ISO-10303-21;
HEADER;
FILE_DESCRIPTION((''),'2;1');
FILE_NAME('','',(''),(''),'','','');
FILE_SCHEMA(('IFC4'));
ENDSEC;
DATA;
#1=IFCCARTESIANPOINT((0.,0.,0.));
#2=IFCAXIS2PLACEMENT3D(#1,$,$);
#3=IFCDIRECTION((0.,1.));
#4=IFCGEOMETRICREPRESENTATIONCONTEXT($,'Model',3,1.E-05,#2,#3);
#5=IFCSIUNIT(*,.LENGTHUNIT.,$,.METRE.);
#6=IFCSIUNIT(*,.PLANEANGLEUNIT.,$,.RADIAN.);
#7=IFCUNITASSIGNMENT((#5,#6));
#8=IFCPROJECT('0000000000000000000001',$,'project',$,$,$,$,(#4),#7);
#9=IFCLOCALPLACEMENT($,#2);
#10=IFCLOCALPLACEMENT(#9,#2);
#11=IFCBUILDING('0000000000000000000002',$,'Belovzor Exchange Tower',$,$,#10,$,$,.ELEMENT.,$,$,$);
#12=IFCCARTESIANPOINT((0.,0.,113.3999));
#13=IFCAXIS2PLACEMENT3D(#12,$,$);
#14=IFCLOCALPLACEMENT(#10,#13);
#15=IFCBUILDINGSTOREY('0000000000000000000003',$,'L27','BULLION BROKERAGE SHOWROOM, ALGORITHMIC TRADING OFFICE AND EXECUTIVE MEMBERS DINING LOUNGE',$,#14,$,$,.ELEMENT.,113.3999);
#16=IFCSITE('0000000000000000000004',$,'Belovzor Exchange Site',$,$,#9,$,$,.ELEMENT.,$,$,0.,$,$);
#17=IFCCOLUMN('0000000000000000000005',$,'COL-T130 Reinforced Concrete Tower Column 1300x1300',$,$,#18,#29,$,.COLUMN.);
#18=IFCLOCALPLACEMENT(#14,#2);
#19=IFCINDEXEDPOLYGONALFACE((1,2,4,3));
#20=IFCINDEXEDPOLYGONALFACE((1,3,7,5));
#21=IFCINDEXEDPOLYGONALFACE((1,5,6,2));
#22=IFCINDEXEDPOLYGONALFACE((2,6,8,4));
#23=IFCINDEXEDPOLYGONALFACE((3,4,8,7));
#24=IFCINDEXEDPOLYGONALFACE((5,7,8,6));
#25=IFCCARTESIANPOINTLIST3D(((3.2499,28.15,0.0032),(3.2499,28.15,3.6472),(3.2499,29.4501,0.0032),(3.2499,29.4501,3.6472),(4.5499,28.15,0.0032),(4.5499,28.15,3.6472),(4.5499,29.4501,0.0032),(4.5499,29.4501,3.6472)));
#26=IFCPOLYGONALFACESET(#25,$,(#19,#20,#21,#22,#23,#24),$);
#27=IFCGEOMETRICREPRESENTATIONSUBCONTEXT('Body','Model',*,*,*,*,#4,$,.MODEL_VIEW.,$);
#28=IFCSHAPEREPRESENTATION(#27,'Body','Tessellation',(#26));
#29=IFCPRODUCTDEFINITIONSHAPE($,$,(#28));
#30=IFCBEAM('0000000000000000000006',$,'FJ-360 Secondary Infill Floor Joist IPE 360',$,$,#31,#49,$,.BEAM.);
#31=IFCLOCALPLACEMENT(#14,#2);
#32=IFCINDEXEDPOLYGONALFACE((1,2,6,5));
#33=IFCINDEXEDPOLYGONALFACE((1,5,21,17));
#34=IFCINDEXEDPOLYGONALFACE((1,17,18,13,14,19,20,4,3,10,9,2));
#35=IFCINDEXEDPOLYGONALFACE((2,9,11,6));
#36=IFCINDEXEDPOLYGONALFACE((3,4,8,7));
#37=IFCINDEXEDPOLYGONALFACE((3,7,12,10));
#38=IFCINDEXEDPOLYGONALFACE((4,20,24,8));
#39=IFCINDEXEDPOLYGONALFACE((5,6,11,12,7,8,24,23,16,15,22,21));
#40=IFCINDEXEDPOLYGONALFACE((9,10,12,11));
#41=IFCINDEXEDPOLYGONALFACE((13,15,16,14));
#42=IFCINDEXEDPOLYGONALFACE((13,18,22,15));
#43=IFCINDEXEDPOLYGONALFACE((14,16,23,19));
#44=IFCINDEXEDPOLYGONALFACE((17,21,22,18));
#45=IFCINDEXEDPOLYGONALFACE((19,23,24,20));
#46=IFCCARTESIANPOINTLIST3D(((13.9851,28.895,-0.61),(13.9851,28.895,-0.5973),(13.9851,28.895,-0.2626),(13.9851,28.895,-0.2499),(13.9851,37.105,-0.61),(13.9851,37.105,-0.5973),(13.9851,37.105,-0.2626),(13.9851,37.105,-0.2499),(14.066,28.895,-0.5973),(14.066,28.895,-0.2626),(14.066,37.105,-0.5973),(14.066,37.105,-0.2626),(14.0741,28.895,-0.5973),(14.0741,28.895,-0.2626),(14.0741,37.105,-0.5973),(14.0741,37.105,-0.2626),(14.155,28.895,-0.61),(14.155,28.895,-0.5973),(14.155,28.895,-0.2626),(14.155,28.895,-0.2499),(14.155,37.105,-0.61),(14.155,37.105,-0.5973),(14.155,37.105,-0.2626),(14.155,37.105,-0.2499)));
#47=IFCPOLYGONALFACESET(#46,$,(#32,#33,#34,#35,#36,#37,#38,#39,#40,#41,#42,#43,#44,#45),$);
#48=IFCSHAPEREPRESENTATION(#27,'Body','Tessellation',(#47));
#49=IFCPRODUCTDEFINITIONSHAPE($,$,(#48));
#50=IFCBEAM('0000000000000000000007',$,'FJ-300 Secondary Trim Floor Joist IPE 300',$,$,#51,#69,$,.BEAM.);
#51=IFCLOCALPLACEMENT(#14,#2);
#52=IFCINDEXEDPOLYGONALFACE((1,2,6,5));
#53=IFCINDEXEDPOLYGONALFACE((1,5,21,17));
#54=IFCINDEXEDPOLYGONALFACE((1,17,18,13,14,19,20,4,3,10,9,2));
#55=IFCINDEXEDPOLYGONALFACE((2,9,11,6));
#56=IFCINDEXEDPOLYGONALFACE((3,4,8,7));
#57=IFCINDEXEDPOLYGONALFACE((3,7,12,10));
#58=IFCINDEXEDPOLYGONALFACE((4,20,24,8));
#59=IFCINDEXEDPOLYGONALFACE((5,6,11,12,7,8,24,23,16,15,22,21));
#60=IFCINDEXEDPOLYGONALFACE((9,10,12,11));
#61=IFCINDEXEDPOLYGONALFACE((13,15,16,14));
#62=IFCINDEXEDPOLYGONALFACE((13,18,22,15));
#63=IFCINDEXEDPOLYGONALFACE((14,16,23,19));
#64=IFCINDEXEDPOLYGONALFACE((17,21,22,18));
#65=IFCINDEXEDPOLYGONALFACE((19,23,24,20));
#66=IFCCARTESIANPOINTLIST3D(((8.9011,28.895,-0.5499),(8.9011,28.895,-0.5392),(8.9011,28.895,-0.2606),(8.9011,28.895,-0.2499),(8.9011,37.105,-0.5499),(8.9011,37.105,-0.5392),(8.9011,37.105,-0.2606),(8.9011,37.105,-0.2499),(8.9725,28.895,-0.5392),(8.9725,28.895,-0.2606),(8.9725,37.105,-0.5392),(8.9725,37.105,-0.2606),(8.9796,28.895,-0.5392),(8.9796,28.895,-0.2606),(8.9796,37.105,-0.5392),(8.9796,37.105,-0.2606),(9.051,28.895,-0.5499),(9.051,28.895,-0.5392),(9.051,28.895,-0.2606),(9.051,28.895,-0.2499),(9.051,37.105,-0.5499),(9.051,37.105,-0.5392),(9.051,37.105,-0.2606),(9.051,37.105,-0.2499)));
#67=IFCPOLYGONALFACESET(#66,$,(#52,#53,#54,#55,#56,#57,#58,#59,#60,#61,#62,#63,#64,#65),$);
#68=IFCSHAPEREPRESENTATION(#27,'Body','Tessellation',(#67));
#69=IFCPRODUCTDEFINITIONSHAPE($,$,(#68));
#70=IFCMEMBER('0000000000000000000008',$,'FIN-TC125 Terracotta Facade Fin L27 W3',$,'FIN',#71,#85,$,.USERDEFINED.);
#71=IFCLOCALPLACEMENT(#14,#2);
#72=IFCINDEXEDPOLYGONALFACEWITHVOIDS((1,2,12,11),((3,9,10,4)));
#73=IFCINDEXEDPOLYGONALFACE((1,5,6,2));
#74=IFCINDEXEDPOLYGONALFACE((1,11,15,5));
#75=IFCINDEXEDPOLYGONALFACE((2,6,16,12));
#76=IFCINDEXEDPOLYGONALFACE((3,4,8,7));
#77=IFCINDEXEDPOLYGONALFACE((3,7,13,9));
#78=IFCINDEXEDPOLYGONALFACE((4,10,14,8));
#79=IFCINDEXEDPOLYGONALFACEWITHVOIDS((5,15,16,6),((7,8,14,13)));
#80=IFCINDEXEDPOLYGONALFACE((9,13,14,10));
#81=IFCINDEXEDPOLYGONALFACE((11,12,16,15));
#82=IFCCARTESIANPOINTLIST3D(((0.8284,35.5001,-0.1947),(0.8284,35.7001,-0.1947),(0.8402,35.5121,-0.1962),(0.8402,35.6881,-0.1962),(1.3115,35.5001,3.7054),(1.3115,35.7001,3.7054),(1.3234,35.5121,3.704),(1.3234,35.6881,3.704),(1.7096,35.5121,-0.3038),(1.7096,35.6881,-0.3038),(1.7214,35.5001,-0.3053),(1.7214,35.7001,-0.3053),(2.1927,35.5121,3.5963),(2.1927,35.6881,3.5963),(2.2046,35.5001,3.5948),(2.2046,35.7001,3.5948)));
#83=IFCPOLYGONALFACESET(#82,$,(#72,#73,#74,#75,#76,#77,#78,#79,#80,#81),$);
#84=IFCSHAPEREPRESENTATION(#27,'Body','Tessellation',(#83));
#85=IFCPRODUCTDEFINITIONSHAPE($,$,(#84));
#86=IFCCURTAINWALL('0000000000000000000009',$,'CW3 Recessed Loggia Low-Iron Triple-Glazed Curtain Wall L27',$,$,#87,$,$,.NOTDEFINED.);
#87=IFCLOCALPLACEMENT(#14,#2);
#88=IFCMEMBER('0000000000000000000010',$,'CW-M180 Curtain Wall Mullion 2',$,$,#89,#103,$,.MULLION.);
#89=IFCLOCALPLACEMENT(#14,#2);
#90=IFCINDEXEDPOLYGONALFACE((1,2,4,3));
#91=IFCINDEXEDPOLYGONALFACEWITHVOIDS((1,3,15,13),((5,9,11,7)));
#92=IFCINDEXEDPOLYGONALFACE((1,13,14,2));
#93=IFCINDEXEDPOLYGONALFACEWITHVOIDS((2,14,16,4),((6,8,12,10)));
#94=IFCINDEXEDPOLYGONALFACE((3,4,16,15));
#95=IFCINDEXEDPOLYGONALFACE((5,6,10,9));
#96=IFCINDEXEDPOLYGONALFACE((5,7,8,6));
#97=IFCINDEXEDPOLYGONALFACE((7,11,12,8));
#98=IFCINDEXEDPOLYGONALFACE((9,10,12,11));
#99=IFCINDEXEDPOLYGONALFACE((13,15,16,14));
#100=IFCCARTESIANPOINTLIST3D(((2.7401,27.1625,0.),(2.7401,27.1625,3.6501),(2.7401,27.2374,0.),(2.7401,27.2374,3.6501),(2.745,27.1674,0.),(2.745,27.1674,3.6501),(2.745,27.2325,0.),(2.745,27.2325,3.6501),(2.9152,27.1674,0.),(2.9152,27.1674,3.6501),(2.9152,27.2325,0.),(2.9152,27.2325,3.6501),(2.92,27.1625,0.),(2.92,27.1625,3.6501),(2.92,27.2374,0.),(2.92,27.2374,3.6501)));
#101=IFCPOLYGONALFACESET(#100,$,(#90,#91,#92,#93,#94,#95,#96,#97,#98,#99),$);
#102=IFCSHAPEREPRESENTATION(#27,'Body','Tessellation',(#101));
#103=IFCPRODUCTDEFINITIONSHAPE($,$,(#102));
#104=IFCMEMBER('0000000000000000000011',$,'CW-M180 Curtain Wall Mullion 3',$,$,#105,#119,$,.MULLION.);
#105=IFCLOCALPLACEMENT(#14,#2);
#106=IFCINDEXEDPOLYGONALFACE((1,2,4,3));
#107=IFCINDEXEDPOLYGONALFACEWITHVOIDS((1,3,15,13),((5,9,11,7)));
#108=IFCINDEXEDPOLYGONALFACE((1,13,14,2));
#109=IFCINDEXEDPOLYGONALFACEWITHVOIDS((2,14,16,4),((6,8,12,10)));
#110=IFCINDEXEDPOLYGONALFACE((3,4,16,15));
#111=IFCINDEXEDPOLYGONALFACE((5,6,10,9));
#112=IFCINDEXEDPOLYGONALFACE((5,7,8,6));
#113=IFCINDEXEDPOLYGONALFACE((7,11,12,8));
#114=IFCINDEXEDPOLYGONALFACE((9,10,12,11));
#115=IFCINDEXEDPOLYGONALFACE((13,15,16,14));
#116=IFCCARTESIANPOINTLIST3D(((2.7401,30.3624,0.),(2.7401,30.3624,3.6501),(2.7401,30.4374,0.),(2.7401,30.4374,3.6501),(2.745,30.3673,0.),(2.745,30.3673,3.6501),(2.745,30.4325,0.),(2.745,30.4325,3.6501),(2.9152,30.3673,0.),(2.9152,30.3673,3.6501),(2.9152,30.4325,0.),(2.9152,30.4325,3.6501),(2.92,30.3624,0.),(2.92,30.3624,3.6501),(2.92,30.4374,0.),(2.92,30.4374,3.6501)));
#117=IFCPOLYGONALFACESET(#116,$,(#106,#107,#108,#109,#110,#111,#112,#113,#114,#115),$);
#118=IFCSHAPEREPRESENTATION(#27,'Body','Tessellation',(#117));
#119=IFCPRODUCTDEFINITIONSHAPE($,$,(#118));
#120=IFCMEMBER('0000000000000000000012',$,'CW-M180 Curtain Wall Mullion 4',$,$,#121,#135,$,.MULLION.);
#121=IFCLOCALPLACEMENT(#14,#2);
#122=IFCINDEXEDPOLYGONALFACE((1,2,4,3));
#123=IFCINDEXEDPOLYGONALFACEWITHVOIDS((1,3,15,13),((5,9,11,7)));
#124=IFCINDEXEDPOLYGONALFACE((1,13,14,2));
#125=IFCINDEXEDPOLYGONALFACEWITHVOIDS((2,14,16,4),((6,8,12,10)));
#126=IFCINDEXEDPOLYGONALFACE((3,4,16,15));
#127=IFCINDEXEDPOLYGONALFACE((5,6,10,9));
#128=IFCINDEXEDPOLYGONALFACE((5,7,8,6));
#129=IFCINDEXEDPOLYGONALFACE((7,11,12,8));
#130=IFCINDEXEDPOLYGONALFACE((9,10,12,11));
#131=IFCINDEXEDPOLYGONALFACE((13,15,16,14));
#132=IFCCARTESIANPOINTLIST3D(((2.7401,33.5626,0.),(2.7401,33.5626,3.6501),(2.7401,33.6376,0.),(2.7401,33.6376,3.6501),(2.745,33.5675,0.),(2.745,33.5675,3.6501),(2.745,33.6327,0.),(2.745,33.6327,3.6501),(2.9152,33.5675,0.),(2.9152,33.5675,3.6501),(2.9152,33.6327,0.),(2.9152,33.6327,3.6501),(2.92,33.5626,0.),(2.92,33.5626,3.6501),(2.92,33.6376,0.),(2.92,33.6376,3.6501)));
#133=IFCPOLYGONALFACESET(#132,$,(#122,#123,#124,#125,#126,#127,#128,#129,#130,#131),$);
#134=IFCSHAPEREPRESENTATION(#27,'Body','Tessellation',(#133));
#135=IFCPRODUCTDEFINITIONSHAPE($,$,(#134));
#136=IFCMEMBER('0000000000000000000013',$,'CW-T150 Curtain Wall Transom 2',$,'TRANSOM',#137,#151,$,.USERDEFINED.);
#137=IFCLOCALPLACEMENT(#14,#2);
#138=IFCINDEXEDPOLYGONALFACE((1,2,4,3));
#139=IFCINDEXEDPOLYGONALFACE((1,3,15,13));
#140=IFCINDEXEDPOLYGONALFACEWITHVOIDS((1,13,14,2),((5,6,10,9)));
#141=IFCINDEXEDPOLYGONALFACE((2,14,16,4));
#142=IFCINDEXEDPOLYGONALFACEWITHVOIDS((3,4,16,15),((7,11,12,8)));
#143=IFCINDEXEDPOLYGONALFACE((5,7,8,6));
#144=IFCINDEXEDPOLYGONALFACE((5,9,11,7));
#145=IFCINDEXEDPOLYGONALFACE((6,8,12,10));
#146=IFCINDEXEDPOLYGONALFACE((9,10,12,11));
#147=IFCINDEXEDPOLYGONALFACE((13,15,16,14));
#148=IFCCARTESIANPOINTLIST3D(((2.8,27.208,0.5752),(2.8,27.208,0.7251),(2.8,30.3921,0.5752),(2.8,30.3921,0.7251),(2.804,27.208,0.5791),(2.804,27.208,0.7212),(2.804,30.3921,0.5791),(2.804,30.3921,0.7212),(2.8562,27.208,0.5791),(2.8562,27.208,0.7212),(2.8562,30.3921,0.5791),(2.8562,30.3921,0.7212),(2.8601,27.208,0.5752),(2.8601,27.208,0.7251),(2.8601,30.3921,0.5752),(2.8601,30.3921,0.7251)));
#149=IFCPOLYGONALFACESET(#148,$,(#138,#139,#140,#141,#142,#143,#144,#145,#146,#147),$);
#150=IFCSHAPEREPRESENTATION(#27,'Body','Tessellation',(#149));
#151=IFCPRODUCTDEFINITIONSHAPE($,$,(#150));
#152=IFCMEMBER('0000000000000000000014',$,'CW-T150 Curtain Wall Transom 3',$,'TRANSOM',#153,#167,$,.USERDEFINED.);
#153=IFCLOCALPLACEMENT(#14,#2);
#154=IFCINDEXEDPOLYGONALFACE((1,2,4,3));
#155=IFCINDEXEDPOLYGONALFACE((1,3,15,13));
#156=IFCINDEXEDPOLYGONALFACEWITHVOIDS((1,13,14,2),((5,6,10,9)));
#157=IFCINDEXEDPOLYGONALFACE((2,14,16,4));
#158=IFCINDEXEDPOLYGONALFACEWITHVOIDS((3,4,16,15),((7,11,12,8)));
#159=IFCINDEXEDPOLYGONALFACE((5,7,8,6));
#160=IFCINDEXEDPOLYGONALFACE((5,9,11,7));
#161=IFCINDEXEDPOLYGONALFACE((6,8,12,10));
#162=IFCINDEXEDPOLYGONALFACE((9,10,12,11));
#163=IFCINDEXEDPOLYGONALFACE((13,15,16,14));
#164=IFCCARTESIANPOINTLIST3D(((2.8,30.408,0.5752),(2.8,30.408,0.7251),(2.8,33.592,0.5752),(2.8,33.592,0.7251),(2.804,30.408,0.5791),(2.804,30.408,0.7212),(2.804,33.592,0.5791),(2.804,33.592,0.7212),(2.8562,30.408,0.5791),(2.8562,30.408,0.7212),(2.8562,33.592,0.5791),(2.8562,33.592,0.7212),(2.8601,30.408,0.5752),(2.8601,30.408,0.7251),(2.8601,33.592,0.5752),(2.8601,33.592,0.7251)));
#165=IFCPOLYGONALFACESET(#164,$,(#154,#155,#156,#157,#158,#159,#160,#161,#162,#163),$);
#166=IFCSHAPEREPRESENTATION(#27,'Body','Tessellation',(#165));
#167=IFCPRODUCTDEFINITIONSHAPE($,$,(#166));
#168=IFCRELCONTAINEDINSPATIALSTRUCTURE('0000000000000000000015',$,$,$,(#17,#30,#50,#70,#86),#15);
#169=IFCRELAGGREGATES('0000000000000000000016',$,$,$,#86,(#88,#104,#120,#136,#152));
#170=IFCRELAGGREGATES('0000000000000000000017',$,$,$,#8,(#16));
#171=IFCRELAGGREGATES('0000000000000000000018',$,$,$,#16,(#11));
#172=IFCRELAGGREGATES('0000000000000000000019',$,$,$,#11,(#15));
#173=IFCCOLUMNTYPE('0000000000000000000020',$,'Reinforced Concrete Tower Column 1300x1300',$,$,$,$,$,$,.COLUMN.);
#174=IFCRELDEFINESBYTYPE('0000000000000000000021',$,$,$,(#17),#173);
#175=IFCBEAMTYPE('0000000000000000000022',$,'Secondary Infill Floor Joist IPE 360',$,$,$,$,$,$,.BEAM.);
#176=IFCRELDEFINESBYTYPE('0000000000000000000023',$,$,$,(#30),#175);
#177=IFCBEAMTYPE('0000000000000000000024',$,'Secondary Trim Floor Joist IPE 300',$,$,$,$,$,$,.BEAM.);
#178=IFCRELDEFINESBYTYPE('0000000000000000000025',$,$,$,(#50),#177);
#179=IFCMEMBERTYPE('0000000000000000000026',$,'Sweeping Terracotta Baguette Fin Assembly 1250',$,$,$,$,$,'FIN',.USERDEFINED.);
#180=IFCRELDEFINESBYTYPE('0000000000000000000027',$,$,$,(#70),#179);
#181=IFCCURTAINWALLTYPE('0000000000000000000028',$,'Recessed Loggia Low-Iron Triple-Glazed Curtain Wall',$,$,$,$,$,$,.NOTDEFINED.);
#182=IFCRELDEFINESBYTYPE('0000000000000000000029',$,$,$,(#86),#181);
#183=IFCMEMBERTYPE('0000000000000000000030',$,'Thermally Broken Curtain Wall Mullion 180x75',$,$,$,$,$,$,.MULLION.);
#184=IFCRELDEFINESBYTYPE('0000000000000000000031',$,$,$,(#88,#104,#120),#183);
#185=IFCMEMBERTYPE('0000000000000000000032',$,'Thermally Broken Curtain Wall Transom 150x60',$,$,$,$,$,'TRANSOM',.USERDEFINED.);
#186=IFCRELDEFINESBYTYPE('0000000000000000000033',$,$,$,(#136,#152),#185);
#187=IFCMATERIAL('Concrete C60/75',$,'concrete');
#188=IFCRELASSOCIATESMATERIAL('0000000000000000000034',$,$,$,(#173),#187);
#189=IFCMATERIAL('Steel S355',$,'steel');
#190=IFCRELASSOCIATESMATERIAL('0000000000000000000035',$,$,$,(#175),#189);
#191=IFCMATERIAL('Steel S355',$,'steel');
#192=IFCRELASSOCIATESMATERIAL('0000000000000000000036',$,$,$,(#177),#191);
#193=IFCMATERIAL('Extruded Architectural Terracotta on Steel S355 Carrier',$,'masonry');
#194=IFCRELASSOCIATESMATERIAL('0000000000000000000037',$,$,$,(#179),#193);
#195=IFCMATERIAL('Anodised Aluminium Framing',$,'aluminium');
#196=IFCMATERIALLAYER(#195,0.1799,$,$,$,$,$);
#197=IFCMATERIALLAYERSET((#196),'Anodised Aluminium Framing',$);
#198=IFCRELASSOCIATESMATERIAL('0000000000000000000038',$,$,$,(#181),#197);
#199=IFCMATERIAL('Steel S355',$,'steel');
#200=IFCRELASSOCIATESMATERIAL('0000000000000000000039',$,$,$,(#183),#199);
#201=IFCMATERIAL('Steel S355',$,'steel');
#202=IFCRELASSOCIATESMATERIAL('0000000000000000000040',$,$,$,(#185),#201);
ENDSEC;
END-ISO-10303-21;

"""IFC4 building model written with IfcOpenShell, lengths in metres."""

from ifc_helpers import new_model, si_unit, direction, frame, origin, origin_2d, place, context, subcontext, project, spatial, rectangle, hollow_rectangle, i_section, extrude, material, layer, layer_set, material_profile, profile_set, type_object, element, aggregate, save


model = new_model("IFC4")

# Units and contexts
model_context = context("Model", 3, precision=1e-05, world=origin(), true_north=direction((0.0, 1.0)))
body_context = subcontext(model_context, "Body", "Model", "MODEL_VIEW")
ifc_project = project(units=[si_unit("LENGTHUNIT", "METRE"), si_unit("PLANEANGLEUNIT", "RADIAN")], contexts=[model_context])

# Site, building, storey
site_placement = place(None, origin())
site = spatial("IfcSite", under=ifc_project, at=site_placement, Name="Belovzor Exchange Site", CompositionType="ELEMENT", RefElevation=0.0)
building_placement = place(site_placement, origin())
building = spatial("IfcBuilding", under=site, at=building_placement, Name="Belovzor Exchange Tower", CompositionType="ELEMENT")
storey_placement = place(building_placement, frame((0.0, 0.0, 113.3999)))
storey = spatial("IfcBuildingStorey", under=building, at=storey_placement, Name="L27", Description="BULLION BROKERAGE SHOWROOM, ALGORITHMIC TRADING OFFICE AND EXECUTIVE MEMBERS DINING LOUNGE", CompositionType="ELEMENT", Elevation=113.3999)

# Column
ifc_material_1 = material(Name="Concrete C60/75", Category="concrete")
ifc_material_profile_1 = material_profile(ifc_material_1, rectangle(XDim=1.3, YDim=1.3, at=origin_2d()))
ifc_profile_set_1 = profile_set([ifc_material_profile_1], Name="Concrete C60/75")
column_type = type_object("IfcColumnType", Name="Reinforced Concrete Tower Column 1300x1300", PredefinedType="COLUMN", material=ifc_profile_set_1)
column_placement = place(storey_placement, frame((3.8999, 28.8, 0.0032), z_axis=(0.0, 0.0, 1.0), x_axis=(1.0, 0.0, 0.0)))
element("IfcColumn", 1, at=column_placement, inside=storey, type_object=column_type, Name="COL-T130 Reinforced Concrete Tower Column 1300x1300", PredefinedType="COLUMN", context=body_context, shape_type="SweptSolid", body=[
    extrude(rectangle(XDim=1.3, YDim=1.3, at=origin_2d()), origin(), (0.0, 0.0, 1.0), 3.644),
])

# Beams
ifc_material_2 = material(Name="Steel S355", Category="steel")
ifc_material_profile_2 = material_profile(ifc_material_2, i_section(OverallWidth=0.1699, OverallDepth=0.3601, WebThickness=0.0081, FlangeThickness=0.0127, at=origin_2d()))
ifc_profile_set_2 = profile_set([ifc_material_profile_2], Name="Steel S355")
beam_type_1 = type_object("IfcBeamType", Name="Secondary Infill Floor Joist IPE 360", PredefinedType="BEAM", material=ifc_profile_set_2)
beam_1_placement = place(storey_placement, frame((14.0701, 28.895, -0.4299), z_axis=(0.0, 1.0, 0.0), x_axis=(-1.0, 0.0, 0.0)))
element("IfcBeam", 2, at=beam_1_placement, inside=storey, type_object=beam_type_1, Name="FJ-360 Secondary Infill Floor Joist IPE 360", PredefinedType="BEAM", context=body_context, shape_type="SweptSolid", body=[
    extrude(i_section(OverallWidth=0.1699, OverallDepth=0.3601, WebThickness=0.0081, FlangeThickness=0.0127, at=origin_2d()), origin(), (0.0, 0.0, 1.0), 8.21),
])
ifc_material_3 = material(Name="Steel S355", Category="steel")
ifc_material_profile_3 = material_profile(ifc_material_3, i_section(OverallWidth=0.1499, OverallDepth=0.3, WebThickness=0.0071, FlangeThickness=0.0107, at=origin_2d()))
ifc_profile_set_3 = profile_set([ifc_material_profile_3], Name="Steel S355")
beam_type_2 = type_object("IfcBeamType", Name="Secondary Trim Floor Joist IPE 300", PredefinedType="BEAM", material=ifc_profile_set_3)
beam_2_placement = place(storey_placement, frame((8.9761, 28.895, -0.3999), z_axis=(0.0, 1.0, 0.0), x_axis=(-1.0, 0.0, 0.0)))
element("IfcBeam", 3, at=beam_2_placement, inside=storey, type_object=beam_type_2, Name="FJ-300 Secondary Trim Floor Joist IPE 300", PredefinedType="BEAM", context=body_context, shape_type="SweptSolid", body=[
    extrude(i_section(OverallWidth=0.1499, OverallDepth=0.3, WebThickness=0.0071, FlangeThickness=0.0107, at=origin_2d()), origin(), (0.0, 0.0, 1.0), 8.21),
])

# Member
ifc_material_4 = material(Name="Extruded Architectural Terracotta on Steel S355 Carrier", Category="masonry")
ifc_material_profile_4 = material_profile(ifc_material_4, hollow_rectangle(XDim=0.2, YDim=0.8999, WallThickness=0.012, at=origin_2d()))
ifc_profile_set_4 = profile_set([ifc_material_profile_4], Name="Extruded Architectural Terracotta on Steel S355 Carrier")
member_type_1 = type_object("IfcMemberType", Name="Sweeping Terracotta Baguette Fin Assembly 1250", ElementType="FIN", PredefinedType="USERDEFINED", material=ifc_profile_set_4)
member_1_placement = place(storey_placement, frame((1.2749, 35.6001, -0.25), z_axis=(0.122941, 0.0, 0.992414), x_axis=(0.0, 1.0, 0.0)))
element("IfcMember", 4, at=member_1_placement, inside=storey, type_object=member_type_1, Name="FIN-TC125 Terracotta Facade Fin L27 W3", ObjectType="FIN", PredefinedType="USERDEFINED", context=body_context, shape_type="SweptSolid", body=[
    extrude(hollow_rectangle(XDim=0.2, YDim=0.8999, WallThickness=0.012, at=origin_2d()), origin(), (0.0, 0.0, 1.0), 3.9299),
])

# Curtain wall, members
ifc_material_5 = material(Name="Anodised Aluminium Framing", Category="aluminium")
ifc_layer_1 = layer(ifc_material_5, 0.1799)
ifc_layer_set_1 = layer_set([ifc_layer_1], Name="Anodised Aluminium Framing")
curtain_wall_type = type_object("IfcCurtainWallType", Name="Recessed Loggia Low-Iron Triple-Glazed Curtain Wall", PredefinedType="NOTDEFINED", material=ifc_layer_set_1)
curtain_wall_placement = place(storey_placement, origin())
curtain_wall = element("IfcCurtainWall", 5, at=curtain_wall_placement, inside=storey, type_object=curtain_wall_type, Name="CW3 Recessed Loggia Low-Iron Triple-Glazed Curtain Wall L27", PredefinedType="NOTDEFINED")
ifc_material_6 = material(Name="Steel S355", Category="steel")
ifc_material_profile_5 = material_profile(ifc_material_6, hollow_rectangle(XDim=0.075, YDim=0.1799, WallThickness=0.0049, at=origin_2d()))
ifc_profile_set_5 = profile_set([ifc_material_profile_5], Name="Steel S355")
member_type_2 = type_object("IfcMemberType", Name="Thermally Broken Curtain Wall Mullion 180x75", PredefinedType="MULLION", material=ifc_profile_set_5)
member_2_placement = place(storey_placement, frame((2.8301, 27.2, 0.0), z_axis=(0.0, 0.0, 1.0), x_axis=(0.0, 1.0, 0.0)))
member_2 = element("IfcMember", 6, at=member_2_placement, type_object=member_type_2, Name="CW-M180 Curtain Wall Mullion 2", PredefinedType="MULLION", context=body_context, shape_type="SweptSolid", body=[
    extrude(hollow_rectangle(XDim=0.075, YDim=0.1799, WallThickness=0.0049, at=origin_2d()), origin(), (0.0, 0.0, 1.0), 3.6501),
])
member_3_placement = place(storey_placement, frame((2.8301, 30.3999, 0.0), z_axis=(0.0, 0.0, 1.0), x_axis=(0.0, 1.0, 0.0)))
member_3 = element("IfcMember", 7, at=member_3_placement, type_object=member_type_2, Name="CW-M180 Curtain Wall Mullion 3", PredefinedType="MULLION", context=body_context, shape_type="SweptSolid", body=[
    extrude(hollow_rectangle(XDim=0.075, YDim=0.1799, WallThickness=0.0049, at=origin_2d()), origin(), (0.0, 0.0, 1.0), 3.6501),
])
member_4_placement = place(storey_placement, frame((2.8301, 33.6001, 0.0), z_axis=(0.0, 0.0, 1.0), x_axis=(0.0, 1.0, 0.0)))
member_4 = element("IfcMember", 8, at=member_4_placement, type_object=member_type_2, Name="CW-M180 Curtain Wall Mullion 4", PredefinedType="MULLION", context=body_context, shape_type="SweptSolid", body=[
    extrude(hollow_rectangle(XDim=0.075, YDim=0.1799, WallThickness=0.0049, at=origin_2d()), origin(), (0.0, 0.0, 1.0), 3.6501),
])
ifc_material_7 = material(Name="Steel S355", Category="steel")
ifc_material_profile_6 = material_profile(ifc_material_7, hollow_rectangle(XDim=0.0601, YDim=0.1499, WallThickness=0.0039, at=origin_2d()))
ifc_profile_set_6 = profile_set([ifc_material_profile_6], Name="Steel S355")
member_type_3 = type_object("IfcMemberType", Name="Thermally Broken Curtain Wall Transom 150x60", ElementType="TRANSOM", PredefinedType="USERDEFINED", material=ifc_profile_set_6)
member_5_placement = place(storey_placement, frame((2.8301, 27.208, 0.6501), z_axis=(0.0, 1.0, 0.0), x_axis=(-1.0, 0.0, 0.0)))
member_5 = element("IfcMember", 9, at=member_5_placement, type_object=member_type_3, Name="CW-T150 Curtain Wall Transom 2", ObjectType="TRANSOM", PredefinedType="USERDEFINED", context=body_context, shape_type="SweptSolid", body=[
    extrude(hollow_rectangle(XDim=0.0601, YDim=0.1499, WallThickness=0.0039, at=origin_2d()), origin(), (0.0, 0.0, 1.0), 3.1841),
])
member_6_placement = place(storey_placement, frame((2.8301, 30.408, 0.6501), z_axis=(0.0, 1.0, 0.0), x_axis=(-1.0, 0.0, 0.0)))
member_6 = element("IfcMember", 10, at=member_6_placement, type_object=member_type_3, Name="CW-T150 Curtain Wall Transom 3", ObjectType="TRANSOM", PredefinedType="USERDEFINED", context=body_context, shape_type="SweptSolid", body=[
    extrude(hollow_rectangle(XDim=0.0601, YDim=0.1499, WallThickness=0.0039, at=origin_2d()), origin(), (0.0, 0.0, 1.0), 3.1841),
])

aggregate(curtain_wall, [member_2, member_3, member_4, member_5, member_6])

save(model, "model.ifc")
